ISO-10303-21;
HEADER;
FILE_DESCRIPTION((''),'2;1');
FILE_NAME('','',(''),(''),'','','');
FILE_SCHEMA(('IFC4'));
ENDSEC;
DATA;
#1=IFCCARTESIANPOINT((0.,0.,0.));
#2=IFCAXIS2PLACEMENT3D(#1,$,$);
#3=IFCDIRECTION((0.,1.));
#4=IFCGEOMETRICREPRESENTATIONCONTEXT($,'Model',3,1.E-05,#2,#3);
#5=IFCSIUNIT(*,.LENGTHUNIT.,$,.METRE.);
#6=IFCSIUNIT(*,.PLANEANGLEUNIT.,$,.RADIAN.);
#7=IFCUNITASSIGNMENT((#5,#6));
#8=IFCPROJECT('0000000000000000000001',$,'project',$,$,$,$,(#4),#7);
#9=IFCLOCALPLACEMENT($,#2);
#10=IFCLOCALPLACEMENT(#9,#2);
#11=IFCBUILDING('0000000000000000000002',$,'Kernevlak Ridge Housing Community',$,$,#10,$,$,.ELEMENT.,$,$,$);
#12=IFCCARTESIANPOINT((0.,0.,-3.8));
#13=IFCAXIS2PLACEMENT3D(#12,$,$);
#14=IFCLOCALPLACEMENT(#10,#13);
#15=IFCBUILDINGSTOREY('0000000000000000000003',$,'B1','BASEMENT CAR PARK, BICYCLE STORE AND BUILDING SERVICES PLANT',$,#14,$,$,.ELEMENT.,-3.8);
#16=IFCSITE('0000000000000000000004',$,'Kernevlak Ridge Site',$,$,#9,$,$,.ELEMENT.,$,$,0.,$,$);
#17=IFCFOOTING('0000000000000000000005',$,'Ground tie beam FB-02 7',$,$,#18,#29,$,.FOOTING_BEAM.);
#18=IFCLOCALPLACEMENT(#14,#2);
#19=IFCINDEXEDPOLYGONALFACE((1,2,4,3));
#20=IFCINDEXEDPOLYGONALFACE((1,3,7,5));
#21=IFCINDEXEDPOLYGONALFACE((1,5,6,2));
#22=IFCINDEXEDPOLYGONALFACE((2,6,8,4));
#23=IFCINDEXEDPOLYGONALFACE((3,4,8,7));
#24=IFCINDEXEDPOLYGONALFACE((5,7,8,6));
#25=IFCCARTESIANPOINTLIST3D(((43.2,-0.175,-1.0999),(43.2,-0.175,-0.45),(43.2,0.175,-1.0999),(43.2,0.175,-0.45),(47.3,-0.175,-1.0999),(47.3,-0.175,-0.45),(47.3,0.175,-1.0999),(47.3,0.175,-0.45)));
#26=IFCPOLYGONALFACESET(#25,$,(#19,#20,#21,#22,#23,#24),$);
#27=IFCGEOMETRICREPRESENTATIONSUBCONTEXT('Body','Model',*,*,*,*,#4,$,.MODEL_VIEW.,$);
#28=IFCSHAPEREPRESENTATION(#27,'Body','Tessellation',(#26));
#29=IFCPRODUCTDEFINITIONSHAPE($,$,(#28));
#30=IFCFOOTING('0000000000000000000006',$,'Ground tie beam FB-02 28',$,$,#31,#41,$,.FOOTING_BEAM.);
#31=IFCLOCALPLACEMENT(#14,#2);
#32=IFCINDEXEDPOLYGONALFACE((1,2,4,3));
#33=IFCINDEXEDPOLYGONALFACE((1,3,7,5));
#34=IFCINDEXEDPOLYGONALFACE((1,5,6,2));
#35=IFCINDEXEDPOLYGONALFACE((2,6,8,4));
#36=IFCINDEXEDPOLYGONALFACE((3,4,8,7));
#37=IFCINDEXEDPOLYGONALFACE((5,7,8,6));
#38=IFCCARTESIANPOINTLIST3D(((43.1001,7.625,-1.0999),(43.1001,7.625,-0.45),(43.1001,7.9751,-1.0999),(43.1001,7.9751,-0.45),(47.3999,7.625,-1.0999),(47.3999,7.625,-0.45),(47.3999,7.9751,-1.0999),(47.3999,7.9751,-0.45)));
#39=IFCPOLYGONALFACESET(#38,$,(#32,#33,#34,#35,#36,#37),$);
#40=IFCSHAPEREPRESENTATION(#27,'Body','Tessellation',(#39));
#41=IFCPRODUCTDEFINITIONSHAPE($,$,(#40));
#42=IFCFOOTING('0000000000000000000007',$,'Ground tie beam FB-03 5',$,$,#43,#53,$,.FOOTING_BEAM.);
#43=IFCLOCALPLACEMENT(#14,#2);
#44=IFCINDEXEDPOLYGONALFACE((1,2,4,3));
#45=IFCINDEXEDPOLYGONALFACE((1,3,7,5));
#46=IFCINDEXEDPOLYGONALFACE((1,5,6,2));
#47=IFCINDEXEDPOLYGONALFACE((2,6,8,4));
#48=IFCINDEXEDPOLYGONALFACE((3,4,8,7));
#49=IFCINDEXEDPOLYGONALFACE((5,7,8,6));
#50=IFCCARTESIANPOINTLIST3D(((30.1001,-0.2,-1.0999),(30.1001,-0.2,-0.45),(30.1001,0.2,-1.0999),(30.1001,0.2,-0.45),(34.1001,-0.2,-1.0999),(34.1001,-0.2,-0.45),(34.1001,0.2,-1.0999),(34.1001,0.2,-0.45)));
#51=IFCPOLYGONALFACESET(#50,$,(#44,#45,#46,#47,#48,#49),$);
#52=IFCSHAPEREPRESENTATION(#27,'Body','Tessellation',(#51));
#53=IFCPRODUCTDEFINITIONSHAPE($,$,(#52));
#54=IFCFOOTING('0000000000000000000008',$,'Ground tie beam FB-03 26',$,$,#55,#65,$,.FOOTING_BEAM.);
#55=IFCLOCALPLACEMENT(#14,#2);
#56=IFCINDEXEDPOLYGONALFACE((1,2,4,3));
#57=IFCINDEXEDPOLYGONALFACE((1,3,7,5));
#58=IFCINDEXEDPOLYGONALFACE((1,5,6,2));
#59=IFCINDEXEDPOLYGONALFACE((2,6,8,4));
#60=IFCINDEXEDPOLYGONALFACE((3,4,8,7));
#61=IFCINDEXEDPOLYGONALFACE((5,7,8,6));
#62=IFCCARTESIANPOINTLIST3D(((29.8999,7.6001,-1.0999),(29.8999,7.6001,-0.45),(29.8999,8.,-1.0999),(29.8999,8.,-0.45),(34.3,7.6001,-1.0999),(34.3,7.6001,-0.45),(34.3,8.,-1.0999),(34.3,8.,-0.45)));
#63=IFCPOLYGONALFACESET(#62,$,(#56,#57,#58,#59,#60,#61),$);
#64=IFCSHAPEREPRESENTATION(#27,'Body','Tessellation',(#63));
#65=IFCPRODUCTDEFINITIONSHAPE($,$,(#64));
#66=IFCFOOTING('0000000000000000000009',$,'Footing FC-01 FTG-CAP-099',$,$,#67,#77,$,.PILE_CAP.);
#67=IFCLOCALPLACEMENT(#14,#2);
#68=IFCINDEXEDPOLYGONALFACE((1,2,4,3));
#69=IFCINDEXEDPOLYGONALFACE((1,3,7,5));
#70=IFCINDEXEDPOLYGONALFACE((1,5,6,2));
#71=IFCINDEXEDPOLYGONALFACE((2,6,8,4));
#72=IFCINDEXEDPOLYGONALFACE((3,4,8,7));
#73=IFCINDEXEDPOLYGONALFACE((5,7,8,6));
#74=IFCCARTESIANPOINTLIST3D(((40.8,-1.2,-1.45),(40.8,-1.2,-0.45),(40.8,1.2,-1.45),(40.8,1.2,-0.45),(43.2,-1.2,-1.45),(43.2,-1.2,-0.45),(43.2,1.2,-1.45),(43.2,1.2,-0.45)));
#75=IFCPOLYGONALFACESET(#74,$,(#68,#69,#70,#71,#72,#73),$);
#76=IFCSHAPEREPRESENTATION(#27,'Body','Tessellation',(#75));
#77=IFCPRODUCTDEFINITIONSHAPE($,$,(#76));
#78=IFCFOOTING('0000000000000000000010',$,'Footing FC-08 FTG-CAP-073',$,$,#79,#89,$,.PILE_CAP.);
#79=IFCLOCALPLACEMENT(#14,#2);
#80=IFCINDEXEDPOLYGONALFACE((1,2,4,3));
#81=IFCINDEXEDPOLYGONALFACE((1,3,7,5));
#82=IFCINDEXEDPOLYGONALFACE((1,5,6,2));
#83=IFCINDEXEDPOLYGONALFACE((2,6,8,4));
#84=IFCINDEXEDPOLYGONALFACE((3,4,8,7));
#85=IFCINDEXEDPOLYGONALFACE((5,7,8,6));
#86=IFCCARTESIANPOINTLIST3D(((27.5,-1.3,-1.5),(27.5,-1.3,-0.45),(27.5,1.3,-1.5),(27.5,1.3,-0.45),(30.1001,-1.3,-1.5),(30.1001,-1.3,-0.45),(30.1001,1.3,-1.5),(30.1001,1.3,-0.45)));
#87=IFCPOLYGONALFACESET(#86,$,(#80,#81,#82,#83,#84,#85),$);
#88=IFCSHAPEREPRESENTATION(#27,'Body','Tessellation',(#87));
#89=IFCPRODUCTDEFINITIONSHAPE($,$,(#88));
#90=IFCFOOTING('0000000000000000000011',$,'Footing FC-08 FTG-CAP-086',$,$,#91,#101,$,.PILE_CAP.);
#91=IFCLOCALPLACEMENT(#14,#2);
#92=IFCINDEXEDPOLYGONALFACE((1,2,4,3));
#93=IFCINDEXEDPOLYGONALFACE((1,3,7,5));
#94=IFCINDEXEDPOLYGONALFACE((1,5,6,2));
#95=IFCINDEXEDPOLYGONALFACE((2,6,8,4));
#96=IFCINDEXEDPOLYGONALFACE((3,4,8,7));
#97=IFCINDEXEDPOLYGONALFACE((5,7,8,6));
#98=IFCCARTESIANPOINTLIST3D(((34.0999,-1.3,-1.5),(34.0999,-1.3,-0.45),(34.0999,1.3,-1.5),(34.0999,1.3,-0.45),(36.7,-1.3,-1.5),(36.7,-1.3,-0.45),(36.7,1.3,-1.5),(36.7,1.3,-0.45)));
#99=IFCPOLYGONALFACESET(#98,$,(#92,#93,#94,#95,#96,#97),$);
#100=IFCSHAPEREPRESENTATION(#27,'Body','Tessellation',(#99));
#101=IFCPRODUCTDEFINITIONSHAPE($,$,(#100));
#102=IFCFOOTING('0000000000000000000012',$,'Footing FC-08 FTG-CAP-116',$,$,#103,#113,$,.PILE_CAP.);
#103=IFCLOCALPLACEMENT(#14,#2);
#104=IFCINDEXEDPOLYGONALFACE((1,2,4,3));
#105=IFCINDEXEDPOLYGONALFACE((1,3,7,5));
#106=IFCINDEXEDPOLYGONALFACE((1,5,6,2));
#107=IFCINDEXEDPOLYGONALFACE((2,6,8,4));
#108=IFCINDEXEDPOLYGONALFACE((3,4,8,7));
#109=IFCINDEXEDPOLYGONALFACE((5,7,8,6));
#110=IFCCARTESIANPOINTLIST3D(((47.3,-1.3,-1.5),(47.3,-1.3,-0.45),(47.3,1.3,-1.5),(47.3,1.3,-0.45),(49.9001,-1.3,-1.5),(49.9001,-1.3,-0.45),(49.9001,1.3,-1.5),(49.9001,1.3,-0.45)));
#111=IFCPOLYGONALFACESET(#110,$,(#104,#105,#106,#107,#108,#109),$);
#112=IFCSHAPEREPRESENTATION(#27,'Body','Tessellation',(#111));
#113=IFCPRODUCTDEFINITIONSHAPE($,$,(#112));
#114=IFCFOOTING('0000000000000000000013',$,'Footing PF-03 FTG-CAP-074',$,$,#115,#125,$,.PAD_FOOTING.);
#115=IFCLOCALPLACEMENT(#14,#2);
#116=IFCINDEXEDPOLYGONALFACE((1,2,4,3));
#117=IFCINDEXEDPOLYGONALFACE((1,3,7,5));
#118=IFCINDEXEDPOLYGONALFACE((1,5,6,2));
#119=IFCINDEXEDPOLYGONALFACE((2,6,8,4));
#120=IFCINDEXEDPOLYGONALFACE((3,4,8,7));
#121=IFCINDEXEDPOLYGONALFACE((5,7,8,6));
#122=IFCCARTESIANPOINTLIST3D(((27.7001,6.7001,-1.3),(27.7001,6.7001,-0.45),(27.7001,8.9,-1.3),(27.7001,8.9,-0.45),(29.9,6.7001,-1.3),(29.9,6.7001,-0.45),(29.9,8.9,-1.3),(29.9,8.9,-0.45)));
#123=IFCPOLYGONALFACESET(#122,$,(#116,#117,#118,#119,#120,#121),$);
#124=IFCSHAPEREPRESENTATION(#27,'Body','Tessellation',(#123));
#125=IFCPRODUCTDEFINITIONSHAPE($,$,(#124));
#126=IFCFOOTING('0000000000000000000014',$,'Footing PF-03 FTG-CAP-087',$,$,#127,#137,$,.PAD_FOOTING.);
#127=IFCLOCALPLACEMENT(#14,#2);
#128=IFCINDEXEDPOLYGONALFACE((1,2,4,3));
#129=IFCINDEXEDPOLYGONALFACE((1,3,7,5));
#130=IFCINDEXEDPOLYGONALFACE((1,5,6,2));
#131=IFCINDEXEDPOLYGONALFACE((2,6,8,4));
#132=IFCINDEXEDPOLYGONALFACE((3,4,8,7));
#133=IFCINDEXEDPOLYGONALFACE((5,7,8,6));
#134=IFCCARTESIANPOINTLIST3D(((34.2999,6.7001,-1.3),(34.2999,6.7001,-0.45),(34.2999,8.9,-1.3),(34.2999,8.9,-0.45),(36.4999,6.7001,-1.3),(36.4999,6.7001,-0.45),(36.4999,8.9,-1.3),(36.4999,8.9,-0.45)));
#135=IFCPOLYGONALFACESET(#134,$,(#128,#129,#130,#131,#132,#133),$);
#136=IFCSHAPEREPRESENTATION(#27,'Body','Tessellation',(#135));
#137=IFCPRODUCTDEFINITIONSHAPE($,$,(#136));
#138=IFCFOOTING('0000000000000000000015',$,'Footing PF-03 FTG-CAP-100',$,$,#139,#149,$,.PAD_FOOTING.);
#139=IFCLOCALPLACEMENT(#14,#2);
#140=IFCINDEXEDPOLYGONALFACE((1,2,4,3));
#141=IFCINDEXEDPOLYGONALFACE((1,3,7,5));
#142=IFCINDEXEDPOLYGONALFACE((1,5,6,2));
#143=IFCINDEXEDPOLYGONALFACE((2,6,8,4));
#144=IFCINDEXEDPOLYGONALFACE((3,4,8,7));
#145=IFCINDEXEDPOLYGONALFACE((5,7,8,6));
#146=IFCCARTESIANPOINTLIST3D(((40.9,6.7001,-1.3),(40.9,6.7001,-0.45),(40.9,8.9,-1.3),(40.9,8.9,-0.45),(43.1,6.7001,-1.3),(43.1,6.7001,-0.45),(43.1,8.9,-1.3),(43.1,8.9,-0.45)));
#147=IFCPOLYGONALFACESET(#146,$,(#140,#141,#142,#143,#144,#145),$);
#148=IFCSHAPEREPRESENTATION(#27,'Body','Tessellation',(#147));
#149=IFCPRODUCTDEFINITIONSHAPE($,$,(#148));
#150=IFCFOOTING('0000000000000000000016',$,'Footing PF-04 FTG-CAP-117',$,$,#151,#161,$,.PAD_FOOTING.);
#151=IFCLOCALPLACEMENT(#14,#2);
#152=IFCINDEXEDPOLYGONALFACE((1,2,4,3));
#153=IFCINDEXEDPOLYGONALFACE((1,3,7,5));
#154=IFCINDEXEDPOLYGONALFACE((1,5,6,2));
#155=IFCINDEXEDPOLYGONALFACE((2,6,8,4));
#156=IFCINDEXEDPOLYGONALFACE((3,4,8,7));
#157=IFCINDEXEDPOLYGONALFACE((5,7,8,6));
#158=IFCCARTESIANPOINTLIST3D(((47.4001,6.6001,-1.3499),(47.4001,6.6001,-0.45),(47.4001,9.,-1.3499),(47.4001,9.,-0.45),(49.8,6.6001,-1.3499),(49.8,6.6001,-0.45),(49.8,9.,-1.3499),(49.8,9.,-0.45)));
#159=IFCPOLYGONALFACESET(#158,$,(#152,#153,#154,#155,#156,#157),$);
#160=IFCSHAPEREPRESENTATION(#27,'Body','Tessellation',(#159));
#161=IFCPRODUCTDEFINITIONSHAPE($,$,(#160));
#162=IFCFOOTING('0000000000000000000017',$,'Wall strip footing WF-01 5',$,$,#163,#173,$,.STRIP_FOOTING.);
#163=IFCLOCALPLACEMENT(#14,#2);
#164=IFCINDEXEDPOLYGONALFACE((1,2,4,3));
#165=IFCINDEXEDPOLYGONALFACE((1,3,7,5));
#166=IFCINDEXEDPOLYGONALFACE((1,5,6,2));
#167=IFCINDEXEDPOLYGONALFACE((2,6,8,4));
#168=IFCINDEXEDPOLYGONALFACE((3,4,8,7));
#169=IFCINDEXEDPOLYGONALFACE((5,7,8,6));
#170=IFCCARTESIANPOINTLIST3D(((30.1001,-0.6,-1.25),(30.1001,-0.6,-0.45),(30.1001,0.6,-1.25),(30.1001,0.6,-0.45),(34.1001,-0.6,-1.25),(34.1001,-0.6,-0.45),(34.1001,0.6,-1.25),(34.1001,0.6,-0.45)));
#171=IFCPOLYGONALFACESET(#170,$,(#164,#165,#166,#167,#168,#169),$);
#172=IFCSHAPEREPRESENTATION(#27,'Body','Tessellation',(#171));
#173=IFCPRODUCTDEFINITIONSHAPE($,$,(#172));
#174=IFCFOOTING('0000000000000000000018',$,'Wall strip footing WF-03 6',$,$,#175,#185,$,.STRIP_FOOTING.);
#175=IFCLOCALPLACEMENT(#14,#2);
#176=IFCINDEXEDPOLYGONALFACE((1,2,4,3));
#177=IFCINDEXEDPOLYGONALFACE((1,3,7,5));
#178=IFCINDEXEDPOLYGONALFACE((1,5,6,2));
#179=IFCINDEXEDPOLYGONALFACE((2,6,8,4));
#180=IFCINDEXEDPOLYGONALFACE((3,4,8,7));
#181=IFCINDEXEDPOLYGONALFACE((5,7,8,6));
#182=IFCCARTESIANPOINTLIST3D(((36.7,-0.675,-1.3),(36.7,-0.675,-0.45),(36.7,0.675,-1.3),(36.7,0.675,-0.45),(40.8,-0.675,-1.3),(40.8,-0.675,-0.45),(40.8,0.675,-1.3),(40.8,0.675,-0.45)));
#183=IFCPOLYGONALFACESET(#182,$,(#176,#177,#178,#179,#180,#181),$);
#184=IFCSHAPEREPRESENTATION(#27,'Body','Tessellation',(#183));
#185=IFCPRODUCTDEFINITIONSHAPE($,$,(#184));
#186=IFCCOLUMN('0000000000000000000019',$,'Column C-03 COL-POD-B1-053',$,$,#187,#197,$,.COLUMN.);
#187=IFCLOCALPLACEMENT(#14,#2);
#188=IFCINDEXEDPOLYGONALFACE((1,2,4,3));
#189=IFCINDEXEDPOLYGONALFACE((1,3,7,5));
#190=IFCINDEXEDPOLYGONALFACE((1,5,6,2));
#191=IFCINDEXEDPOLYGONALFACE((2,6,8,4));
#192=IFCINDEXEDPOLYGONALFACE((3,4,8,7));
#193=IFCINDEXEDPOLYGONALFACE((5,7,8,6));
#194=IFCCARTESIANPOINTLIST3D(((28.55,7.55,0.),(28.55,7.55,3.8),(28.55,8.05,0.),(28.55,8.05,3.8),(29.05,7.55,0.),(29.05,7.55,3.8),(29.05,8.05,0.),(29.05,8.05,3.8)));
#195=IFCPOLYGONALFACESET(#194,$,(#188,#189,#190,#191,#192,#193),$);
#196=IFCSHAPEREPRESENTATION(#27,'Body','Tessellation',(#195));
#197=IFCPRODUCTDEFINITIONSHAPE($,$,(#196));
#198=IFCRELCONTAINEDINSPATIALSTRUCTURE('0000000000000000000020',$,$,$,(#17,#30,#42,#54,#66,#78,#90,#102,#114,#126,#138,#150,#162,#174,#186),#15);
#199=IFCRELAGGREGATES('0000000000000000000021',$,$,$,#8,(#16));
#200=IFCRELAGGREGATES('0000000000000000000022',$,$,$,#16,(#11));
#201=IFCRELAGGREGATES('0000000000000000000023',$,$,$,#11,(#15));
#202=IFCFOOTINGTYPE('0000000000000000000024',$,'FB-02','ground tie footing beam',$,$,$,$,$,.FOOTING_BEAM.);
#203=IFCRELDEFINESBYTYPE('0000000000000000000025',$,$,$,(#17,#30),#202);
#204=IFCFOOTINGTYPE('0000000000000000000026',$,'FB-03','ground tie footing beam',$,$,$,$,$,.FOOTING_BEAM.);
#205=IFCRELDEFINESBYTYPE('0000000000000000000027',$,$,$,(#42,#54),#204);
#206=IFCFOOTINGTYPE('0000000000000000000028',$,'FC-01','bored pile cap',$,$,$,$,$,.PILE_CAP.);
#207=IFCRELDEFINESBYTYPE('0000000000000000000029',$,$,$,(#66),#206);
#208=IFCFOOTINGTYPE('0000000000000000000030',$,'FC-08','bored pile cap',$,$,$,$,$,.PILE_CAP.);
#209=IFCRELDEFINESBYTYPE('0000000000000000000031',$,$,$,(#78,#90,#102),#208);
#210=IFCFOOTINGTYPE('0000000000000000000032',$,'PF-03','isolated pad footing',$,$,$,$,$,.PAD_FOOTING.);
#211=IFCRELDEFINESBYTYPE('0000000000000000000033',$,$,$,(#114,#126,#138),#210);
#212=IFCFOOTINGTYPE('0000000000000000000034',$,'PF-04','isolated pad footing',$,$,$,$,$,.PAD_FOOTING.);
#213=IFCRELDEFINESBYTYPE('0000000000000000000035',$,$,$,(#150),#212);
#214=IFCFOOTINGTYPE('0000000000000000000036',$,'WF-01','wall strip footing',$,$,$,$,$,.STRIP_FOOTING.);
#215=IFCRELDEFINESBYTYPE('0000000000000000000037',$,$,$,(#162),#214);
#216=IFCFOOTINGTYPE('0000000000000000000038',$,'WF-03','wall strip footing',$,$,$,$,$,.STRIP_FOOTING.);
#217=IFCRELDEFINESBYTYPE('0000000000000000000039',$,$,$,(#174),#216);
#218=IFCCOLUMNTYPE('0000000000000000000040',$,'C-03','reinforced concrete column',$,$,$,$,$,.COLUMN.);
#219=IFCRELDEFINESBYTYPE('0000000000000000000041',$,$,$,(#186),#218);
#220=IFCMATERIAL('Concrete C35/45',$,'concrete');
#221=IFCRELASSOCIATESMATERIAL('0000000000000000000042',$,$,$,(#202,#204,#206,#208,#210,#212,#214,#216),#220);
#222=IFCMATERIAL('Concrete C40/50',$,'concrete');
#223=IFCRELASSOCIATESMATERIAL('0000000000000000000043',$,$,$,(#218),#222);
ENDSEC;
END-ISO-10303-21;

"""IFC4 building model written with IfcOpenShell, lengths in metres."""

from ifc_helpers import new_model, si_unit, direction, frame, origin, origin_2d, place, context, subcontext, project, spatial, rectangle, extrude, material, material_profile, profile_set, type_object, element, save


model = new_model("IFC4")

# Units and contexts
model_context = context("Model", 3, precision=1e-05, world=origin(), true_north=direction((0.0, 1.0)))
body_context = subcontext(model_context, "Body", "Model", "MODEL_VIEW")
ifc_project = project(units=[si_unit("LENGTHUNIT", "METRE"), si_unit("PLANEANGLEUNIT", "RADIAN")], contexts=[model_context])

# Site, building, storey
site_placement = place(None, origin())
site = spatial("IfcSite", under=ifc_project, at=site_placement, Name="Kernevlak Ridge Site", CompositionType="ELEMENT", RefElevation=0.0)
building_placement = place(site_placement, origin())
building = spatial("IfcBuilding", under=site, at=building_placement, Name="Kernevlak Ridge Housing Community", CompositionType="ELEMENT")
storey_placement = place(building_placement, frame((0.0, 0.0, -3.8)))
storey = spatial("IfcBuildingStorey", under=building, at=storey_placement, Name="B1", Description="BASEMENT CAR PARK, BICYCLE STORE AND BUILDING SERVICES PLANT", CompositionType="ELEMENT", Elevation=-3.8)

# Shared definitions
ifc_material_1 = material(Name="Concrete C35/45", Category="concrete")

# Footings
ifc_material_profile_1 = material_profile(ifc_material_1, rectangle(XDim=0.3501, YDim=0.6499, at=origin_2d()), Name="RC 350x650")
ifc_profile_set_1 = profile_set([ifc_material_profile_1], Name="Concrete C35/45")
footing_type_1 = type_object("IfcFootingType", Name="FB-02", Description="ground tie footing beam", PredefinedType="FOOTING_BEAM", material=ifc_profile_set_1)
footing_1_placement = place(storey_placement, frame((43.2, 0.0, -0.7749), z_axis=(1.0, 0.0, 0.0), x_axis=(0.0, 1.0, 0.0)))
element("IfcFooting", 1, at=footing_1_placement, inside=storey, type_object=footing_type_1, Name="Ground tie beam FB-02 7", PredefinedType="FOOTING_BEAM", context=body_context, shape_type="SweptSolid", body=[
    extrude(rectangle(XDim=0.3501, YDim=0.6499, at=origin_2d()), origin(), (0.0, 0.0, 1.0), 4.1001),
])
footing_2_placement = place(storey_placement, frame((43.1001, 7.8, -0.7749), z_axis=(1.0, 0.0, 0.0), x_axis=(0.0, 1.0, 0.0)))
element("IfcFooting", 2, at=footing_2_placement, inside=storey, type_object=footing_type_1, Name="Ground tie beam FB-02 28", PredefinedType="FOOTING_BEAM", context=body_context, shape_type="SweptSolid", body=[
    extrude(rectangle(XDim=0.3501, YDim=0.6499, at=origin_2d()), origin(), (0.0, 0.0, 1.0), 4.2998),
])
ifc_material_profile_2 = material_profile(ifc_material_1, rectangle(XDim=0.3999, YDim=0.6499, at=origin_2d()), Name="RC 400x650")
ifc_profile_set_2 = profile_set([ifc_material_profile_2], Name="Concrete C35/45")
footing_type_2 = type_object("IfcFootingType", Name="FB-03", Description="ground tie footing beam", PredefinedType="FOOTING_BEAM", material=ifc_profile_set_2)
footing_3_placement = place(storey_placement, frame((30.1001, 0.0, -0.7749), z_axis=(1.0, 0.0, 0.0), x_axis=(0.0, 1.0, 0.0)))
element("IfcFooting", 3, at=footing_3_placement, inside=storey, type_object=footing_type_2, Name="Ground tie beam FB-03 5", PredefinedType="FOOTING_BEAM", context=body_context, shape_type="SweptSolid", body=[
    extrude(rectangle(XDim=0.3999, YDim=0.6499, at=origin_2d()), origin(), (0.0, 0.0, 1.0), 4.0),
])
footing_4_placement = place(storey_placement, frame((29.8999, 7.8, -0.7749), z_axis=(1.0, 0.0, 0.0), x_axis=(0.0, 1.0, 0.0)))
element("IfcFooting", 4, at=footing_4_placement, inside=storey, type_object=footing_type_2, Name="Ground tie beam FB-03 26", PredefinedType="FOOTING_BEAM", context=body_context, shape_type="SweptSolid", body=[
    extrude(rectangle(XDim=0.3999, YDim=0.6499, at=origin_2d()), origin(), (0.0, 0.0, 1.0), 4.4001),
])
footing_type_3 = type_object("IfcFootingType", Name="FC-01", Description="bored pile cap", PredefinedType="PILE_CAP", material=ifc_material_1)
footing_5_placement = place(storey_placement, frame((42.0, 0.0, -1.45), z_axis=(0.0, 0.0, 1.0), x_axis=(1.0, 0.0, 0.0)))
element("IfcFooting", 5, at=footing_5_placement, inside=storey, type_object=footing_type_3, Name="Footing FC-01 FTG-CAP-099", PredefinedType="PILE_CAP", context=body_context, shape_type="SweptSolid", body=[
    extrude(rectangle(XDim=2.3999, YDim=2.3999, at=origin_2d()), origin(), (0.0, 0.0, 1.0), 1.0),
])
footing_type_4 = type_object("IfcFootingType", Name="FC-08", Description="bored pile cap", PredefinedType="PILE_CAP", material=ifc_material_1)
for number, where, z_axis, x_axis, name in (
    (6, (28.8, 0.0, -1.5), (0.0, 0.0, 1.0), (1.0, 0.0, 0.0), "Footing FC-08 FTG-CAP-073"),
    (7, (35.3999, 0.0, -1.5), (0.0, 0.0, 1.0), (1.0, 0.0, 0.0), "Footing FC-08 FTG-CAP-086"),
    (8, (48.6001, 0.0, -1.5), (0.0, 0.0, 1.0), (1.0, 0.0, 0.0), "Footing FC-08 FTG-CAP-116"),
):
    element("IfcFooting", number, at=place(storey_placement, frame(where, z_axis=z_axis, x_axis=x_axis)), inside=storey, type_object=footing_type_4, Name=name, PredefinedType="PILE_CAP", context=body_context, shape_type="SweptSolid", body=[
        extrude(rectangle(XDim=2.6001, YDim=2.6001, at=origin_2d()), origin(), (0.0, 0.0, 1.0), 1.05),
    ])
footing_type_5 = type_object("IfcFootingType", Name="PF-03", Description="isolated pad footing", PredefinedType="PAD_FOOTING", material=ifc_material_1)
for number, where, z_axis, x_axis, name in (
    (9, (28.8, 7.8, -1.3), (0.0, 0.0, 1.0), (1.0, 0.0, 0.0), "Footing PF-03 FTG-CAP-074"),
    (10, (35.3999, 7.8, -1.3), (0.0, 0.0, 1.0), (1.0, 0.0, 0.0), "Footing PF-03 FTG-CAP-087"),
    (11, (42.0, 7.8, -1.3), (0.0, 0.0, 1.0), (1.0, 0.0, 0.0), "Footing PF-03 FTG-CAP-100"),
):
    element("IfcFooting", number, at=place(storey_placement, frame(where, z_axis=z_axis, x_axis=x_axis)), inside=storey, type_object=footing_type_5, Name=name, PredefinedType="PAD_FOOTING", context=body_context, shape_type="SweptSolid", body=[
        extrude(rectangle(XDim=2.2, YDim=2.2, at=origin_2d()), origin(), (0.0, 0.0, 1.0), 0.8501),
    ])
footing_type_6 = type_object("IfcFootingType", Name="PF-04", Description="isolated pad footing", PredefinedType="PAD_FOOTING", material=ifc_material_1)
footing_6_placement = place(storey_placement, frame((48.6001, 7.8, -1.3499), z_axis=(0.0, 0.0, 1.0), x_axis=(1.0, 0.0, 0.0)))
element("IfcFooting", 12, at=footing_6_placement, inside=storey, type_object=footing_type_6, Name="Footing PF-04 FTG-CAP-117", PredefinedType="PAD_FOOTING", context=body_context, shape_type="SweptSolid", body=[
    extrude(rectangle(XDim=2.3999, YDim=2.3999, at=origin_2d()), origin(), (0.0, 0.0, 1.0), 0.8999),
])
footing_type_7 = type_object("IfcFootingType", Name="WF-01", Description="wall strip footing", PredefinedType="STRIP_FOOTING", material=ifc_material_1)
footing_7_placement = place(storey_placement, frame((32.1001, 0.0, -1.25), z_axis=(0.0, 0.0, 1.0), x_axis=(1.0, 0.0, 0.0)))
element("IfcFooting", 13, at=footing_7_placement, inside=storey, type_object=footing_type_7, Name="Wall strip footing WF-01 5", PredefinedType="STRIP_FOOTING", context=body_context, shape_type="SweptSolid", body=[
    extrude(rectangle(XDim=4.0, YDim=1.2, at=origin_2d()), origin(), (0.0, 0.0, 1.0), 0.8),
])
footing_type_8 = type_object("IfcFootingType", Name="WF-03", Description="wall strip footing", PredefinedType="STRIP_FOOTING", material=ifc_material_1)
footing_8_placement = place(storey_placement, frame((38.75, 0.0, -1.3), z_axis=(0.0, 0.0, 1.0), x_axis=(1.0, 0.0, 0.0)))
element("IfcFooting", 14, at=footing_8_placement, inside=storey, type_object=footing_type_8, Name="Wall strip footing WF-03 6", PredefinedType="STRIP_FOOTING", context=body_context, shape_type="SweptSolid", body=[
    extrude(rectangle(XDim=4.1001, YDim=1.3501, at=origin_2d()), origin(), (0.0, 0.0, 1.0), 0.8501),
])

# Column
ifc_material_2 = material(Name="Concrete C40/50", Category="concrete")
ifc_material_profile_3 = material_profile(ifc_material_2, rectangle(XDim=0.5, YDim=0.5, at=origin_2d()), Name="RC 500x500")
ifc_profile_set_3 = profile_set([ifc_material_profile_3], Name="Concrete C40/50")
column_type_1 = type_object("IfcColumnType", Name="C-03", Description="reinforced concrete column", PredefinedType="COLUMN", material=ifc_profile_set_3)
for number, where, z_axis, x_axis, name in (
    (15, (28.8, 7.8, 0.0), (0.0, 0.0, 1.0), (1.0, 0.0, 0.0), "Column C-03 COL-POD-B1-053"),
):
    element("IfcColumn", number, at=place(storey_placement, frame(where, z_axis=z_axis, x_axis=x_axis)), inside=storey, type_object=column_type_1, Name=name, PredefinedType="COLUMN", context=body_context, shape_type="SweptSolid", body=[
        extrude(rectangle(XDim=0.5, YDim=0.5, at=origin_2d()), origin(), (0.0, 0.0, 1.0), 3.8),
    ])

save(model, "model.ifc")
